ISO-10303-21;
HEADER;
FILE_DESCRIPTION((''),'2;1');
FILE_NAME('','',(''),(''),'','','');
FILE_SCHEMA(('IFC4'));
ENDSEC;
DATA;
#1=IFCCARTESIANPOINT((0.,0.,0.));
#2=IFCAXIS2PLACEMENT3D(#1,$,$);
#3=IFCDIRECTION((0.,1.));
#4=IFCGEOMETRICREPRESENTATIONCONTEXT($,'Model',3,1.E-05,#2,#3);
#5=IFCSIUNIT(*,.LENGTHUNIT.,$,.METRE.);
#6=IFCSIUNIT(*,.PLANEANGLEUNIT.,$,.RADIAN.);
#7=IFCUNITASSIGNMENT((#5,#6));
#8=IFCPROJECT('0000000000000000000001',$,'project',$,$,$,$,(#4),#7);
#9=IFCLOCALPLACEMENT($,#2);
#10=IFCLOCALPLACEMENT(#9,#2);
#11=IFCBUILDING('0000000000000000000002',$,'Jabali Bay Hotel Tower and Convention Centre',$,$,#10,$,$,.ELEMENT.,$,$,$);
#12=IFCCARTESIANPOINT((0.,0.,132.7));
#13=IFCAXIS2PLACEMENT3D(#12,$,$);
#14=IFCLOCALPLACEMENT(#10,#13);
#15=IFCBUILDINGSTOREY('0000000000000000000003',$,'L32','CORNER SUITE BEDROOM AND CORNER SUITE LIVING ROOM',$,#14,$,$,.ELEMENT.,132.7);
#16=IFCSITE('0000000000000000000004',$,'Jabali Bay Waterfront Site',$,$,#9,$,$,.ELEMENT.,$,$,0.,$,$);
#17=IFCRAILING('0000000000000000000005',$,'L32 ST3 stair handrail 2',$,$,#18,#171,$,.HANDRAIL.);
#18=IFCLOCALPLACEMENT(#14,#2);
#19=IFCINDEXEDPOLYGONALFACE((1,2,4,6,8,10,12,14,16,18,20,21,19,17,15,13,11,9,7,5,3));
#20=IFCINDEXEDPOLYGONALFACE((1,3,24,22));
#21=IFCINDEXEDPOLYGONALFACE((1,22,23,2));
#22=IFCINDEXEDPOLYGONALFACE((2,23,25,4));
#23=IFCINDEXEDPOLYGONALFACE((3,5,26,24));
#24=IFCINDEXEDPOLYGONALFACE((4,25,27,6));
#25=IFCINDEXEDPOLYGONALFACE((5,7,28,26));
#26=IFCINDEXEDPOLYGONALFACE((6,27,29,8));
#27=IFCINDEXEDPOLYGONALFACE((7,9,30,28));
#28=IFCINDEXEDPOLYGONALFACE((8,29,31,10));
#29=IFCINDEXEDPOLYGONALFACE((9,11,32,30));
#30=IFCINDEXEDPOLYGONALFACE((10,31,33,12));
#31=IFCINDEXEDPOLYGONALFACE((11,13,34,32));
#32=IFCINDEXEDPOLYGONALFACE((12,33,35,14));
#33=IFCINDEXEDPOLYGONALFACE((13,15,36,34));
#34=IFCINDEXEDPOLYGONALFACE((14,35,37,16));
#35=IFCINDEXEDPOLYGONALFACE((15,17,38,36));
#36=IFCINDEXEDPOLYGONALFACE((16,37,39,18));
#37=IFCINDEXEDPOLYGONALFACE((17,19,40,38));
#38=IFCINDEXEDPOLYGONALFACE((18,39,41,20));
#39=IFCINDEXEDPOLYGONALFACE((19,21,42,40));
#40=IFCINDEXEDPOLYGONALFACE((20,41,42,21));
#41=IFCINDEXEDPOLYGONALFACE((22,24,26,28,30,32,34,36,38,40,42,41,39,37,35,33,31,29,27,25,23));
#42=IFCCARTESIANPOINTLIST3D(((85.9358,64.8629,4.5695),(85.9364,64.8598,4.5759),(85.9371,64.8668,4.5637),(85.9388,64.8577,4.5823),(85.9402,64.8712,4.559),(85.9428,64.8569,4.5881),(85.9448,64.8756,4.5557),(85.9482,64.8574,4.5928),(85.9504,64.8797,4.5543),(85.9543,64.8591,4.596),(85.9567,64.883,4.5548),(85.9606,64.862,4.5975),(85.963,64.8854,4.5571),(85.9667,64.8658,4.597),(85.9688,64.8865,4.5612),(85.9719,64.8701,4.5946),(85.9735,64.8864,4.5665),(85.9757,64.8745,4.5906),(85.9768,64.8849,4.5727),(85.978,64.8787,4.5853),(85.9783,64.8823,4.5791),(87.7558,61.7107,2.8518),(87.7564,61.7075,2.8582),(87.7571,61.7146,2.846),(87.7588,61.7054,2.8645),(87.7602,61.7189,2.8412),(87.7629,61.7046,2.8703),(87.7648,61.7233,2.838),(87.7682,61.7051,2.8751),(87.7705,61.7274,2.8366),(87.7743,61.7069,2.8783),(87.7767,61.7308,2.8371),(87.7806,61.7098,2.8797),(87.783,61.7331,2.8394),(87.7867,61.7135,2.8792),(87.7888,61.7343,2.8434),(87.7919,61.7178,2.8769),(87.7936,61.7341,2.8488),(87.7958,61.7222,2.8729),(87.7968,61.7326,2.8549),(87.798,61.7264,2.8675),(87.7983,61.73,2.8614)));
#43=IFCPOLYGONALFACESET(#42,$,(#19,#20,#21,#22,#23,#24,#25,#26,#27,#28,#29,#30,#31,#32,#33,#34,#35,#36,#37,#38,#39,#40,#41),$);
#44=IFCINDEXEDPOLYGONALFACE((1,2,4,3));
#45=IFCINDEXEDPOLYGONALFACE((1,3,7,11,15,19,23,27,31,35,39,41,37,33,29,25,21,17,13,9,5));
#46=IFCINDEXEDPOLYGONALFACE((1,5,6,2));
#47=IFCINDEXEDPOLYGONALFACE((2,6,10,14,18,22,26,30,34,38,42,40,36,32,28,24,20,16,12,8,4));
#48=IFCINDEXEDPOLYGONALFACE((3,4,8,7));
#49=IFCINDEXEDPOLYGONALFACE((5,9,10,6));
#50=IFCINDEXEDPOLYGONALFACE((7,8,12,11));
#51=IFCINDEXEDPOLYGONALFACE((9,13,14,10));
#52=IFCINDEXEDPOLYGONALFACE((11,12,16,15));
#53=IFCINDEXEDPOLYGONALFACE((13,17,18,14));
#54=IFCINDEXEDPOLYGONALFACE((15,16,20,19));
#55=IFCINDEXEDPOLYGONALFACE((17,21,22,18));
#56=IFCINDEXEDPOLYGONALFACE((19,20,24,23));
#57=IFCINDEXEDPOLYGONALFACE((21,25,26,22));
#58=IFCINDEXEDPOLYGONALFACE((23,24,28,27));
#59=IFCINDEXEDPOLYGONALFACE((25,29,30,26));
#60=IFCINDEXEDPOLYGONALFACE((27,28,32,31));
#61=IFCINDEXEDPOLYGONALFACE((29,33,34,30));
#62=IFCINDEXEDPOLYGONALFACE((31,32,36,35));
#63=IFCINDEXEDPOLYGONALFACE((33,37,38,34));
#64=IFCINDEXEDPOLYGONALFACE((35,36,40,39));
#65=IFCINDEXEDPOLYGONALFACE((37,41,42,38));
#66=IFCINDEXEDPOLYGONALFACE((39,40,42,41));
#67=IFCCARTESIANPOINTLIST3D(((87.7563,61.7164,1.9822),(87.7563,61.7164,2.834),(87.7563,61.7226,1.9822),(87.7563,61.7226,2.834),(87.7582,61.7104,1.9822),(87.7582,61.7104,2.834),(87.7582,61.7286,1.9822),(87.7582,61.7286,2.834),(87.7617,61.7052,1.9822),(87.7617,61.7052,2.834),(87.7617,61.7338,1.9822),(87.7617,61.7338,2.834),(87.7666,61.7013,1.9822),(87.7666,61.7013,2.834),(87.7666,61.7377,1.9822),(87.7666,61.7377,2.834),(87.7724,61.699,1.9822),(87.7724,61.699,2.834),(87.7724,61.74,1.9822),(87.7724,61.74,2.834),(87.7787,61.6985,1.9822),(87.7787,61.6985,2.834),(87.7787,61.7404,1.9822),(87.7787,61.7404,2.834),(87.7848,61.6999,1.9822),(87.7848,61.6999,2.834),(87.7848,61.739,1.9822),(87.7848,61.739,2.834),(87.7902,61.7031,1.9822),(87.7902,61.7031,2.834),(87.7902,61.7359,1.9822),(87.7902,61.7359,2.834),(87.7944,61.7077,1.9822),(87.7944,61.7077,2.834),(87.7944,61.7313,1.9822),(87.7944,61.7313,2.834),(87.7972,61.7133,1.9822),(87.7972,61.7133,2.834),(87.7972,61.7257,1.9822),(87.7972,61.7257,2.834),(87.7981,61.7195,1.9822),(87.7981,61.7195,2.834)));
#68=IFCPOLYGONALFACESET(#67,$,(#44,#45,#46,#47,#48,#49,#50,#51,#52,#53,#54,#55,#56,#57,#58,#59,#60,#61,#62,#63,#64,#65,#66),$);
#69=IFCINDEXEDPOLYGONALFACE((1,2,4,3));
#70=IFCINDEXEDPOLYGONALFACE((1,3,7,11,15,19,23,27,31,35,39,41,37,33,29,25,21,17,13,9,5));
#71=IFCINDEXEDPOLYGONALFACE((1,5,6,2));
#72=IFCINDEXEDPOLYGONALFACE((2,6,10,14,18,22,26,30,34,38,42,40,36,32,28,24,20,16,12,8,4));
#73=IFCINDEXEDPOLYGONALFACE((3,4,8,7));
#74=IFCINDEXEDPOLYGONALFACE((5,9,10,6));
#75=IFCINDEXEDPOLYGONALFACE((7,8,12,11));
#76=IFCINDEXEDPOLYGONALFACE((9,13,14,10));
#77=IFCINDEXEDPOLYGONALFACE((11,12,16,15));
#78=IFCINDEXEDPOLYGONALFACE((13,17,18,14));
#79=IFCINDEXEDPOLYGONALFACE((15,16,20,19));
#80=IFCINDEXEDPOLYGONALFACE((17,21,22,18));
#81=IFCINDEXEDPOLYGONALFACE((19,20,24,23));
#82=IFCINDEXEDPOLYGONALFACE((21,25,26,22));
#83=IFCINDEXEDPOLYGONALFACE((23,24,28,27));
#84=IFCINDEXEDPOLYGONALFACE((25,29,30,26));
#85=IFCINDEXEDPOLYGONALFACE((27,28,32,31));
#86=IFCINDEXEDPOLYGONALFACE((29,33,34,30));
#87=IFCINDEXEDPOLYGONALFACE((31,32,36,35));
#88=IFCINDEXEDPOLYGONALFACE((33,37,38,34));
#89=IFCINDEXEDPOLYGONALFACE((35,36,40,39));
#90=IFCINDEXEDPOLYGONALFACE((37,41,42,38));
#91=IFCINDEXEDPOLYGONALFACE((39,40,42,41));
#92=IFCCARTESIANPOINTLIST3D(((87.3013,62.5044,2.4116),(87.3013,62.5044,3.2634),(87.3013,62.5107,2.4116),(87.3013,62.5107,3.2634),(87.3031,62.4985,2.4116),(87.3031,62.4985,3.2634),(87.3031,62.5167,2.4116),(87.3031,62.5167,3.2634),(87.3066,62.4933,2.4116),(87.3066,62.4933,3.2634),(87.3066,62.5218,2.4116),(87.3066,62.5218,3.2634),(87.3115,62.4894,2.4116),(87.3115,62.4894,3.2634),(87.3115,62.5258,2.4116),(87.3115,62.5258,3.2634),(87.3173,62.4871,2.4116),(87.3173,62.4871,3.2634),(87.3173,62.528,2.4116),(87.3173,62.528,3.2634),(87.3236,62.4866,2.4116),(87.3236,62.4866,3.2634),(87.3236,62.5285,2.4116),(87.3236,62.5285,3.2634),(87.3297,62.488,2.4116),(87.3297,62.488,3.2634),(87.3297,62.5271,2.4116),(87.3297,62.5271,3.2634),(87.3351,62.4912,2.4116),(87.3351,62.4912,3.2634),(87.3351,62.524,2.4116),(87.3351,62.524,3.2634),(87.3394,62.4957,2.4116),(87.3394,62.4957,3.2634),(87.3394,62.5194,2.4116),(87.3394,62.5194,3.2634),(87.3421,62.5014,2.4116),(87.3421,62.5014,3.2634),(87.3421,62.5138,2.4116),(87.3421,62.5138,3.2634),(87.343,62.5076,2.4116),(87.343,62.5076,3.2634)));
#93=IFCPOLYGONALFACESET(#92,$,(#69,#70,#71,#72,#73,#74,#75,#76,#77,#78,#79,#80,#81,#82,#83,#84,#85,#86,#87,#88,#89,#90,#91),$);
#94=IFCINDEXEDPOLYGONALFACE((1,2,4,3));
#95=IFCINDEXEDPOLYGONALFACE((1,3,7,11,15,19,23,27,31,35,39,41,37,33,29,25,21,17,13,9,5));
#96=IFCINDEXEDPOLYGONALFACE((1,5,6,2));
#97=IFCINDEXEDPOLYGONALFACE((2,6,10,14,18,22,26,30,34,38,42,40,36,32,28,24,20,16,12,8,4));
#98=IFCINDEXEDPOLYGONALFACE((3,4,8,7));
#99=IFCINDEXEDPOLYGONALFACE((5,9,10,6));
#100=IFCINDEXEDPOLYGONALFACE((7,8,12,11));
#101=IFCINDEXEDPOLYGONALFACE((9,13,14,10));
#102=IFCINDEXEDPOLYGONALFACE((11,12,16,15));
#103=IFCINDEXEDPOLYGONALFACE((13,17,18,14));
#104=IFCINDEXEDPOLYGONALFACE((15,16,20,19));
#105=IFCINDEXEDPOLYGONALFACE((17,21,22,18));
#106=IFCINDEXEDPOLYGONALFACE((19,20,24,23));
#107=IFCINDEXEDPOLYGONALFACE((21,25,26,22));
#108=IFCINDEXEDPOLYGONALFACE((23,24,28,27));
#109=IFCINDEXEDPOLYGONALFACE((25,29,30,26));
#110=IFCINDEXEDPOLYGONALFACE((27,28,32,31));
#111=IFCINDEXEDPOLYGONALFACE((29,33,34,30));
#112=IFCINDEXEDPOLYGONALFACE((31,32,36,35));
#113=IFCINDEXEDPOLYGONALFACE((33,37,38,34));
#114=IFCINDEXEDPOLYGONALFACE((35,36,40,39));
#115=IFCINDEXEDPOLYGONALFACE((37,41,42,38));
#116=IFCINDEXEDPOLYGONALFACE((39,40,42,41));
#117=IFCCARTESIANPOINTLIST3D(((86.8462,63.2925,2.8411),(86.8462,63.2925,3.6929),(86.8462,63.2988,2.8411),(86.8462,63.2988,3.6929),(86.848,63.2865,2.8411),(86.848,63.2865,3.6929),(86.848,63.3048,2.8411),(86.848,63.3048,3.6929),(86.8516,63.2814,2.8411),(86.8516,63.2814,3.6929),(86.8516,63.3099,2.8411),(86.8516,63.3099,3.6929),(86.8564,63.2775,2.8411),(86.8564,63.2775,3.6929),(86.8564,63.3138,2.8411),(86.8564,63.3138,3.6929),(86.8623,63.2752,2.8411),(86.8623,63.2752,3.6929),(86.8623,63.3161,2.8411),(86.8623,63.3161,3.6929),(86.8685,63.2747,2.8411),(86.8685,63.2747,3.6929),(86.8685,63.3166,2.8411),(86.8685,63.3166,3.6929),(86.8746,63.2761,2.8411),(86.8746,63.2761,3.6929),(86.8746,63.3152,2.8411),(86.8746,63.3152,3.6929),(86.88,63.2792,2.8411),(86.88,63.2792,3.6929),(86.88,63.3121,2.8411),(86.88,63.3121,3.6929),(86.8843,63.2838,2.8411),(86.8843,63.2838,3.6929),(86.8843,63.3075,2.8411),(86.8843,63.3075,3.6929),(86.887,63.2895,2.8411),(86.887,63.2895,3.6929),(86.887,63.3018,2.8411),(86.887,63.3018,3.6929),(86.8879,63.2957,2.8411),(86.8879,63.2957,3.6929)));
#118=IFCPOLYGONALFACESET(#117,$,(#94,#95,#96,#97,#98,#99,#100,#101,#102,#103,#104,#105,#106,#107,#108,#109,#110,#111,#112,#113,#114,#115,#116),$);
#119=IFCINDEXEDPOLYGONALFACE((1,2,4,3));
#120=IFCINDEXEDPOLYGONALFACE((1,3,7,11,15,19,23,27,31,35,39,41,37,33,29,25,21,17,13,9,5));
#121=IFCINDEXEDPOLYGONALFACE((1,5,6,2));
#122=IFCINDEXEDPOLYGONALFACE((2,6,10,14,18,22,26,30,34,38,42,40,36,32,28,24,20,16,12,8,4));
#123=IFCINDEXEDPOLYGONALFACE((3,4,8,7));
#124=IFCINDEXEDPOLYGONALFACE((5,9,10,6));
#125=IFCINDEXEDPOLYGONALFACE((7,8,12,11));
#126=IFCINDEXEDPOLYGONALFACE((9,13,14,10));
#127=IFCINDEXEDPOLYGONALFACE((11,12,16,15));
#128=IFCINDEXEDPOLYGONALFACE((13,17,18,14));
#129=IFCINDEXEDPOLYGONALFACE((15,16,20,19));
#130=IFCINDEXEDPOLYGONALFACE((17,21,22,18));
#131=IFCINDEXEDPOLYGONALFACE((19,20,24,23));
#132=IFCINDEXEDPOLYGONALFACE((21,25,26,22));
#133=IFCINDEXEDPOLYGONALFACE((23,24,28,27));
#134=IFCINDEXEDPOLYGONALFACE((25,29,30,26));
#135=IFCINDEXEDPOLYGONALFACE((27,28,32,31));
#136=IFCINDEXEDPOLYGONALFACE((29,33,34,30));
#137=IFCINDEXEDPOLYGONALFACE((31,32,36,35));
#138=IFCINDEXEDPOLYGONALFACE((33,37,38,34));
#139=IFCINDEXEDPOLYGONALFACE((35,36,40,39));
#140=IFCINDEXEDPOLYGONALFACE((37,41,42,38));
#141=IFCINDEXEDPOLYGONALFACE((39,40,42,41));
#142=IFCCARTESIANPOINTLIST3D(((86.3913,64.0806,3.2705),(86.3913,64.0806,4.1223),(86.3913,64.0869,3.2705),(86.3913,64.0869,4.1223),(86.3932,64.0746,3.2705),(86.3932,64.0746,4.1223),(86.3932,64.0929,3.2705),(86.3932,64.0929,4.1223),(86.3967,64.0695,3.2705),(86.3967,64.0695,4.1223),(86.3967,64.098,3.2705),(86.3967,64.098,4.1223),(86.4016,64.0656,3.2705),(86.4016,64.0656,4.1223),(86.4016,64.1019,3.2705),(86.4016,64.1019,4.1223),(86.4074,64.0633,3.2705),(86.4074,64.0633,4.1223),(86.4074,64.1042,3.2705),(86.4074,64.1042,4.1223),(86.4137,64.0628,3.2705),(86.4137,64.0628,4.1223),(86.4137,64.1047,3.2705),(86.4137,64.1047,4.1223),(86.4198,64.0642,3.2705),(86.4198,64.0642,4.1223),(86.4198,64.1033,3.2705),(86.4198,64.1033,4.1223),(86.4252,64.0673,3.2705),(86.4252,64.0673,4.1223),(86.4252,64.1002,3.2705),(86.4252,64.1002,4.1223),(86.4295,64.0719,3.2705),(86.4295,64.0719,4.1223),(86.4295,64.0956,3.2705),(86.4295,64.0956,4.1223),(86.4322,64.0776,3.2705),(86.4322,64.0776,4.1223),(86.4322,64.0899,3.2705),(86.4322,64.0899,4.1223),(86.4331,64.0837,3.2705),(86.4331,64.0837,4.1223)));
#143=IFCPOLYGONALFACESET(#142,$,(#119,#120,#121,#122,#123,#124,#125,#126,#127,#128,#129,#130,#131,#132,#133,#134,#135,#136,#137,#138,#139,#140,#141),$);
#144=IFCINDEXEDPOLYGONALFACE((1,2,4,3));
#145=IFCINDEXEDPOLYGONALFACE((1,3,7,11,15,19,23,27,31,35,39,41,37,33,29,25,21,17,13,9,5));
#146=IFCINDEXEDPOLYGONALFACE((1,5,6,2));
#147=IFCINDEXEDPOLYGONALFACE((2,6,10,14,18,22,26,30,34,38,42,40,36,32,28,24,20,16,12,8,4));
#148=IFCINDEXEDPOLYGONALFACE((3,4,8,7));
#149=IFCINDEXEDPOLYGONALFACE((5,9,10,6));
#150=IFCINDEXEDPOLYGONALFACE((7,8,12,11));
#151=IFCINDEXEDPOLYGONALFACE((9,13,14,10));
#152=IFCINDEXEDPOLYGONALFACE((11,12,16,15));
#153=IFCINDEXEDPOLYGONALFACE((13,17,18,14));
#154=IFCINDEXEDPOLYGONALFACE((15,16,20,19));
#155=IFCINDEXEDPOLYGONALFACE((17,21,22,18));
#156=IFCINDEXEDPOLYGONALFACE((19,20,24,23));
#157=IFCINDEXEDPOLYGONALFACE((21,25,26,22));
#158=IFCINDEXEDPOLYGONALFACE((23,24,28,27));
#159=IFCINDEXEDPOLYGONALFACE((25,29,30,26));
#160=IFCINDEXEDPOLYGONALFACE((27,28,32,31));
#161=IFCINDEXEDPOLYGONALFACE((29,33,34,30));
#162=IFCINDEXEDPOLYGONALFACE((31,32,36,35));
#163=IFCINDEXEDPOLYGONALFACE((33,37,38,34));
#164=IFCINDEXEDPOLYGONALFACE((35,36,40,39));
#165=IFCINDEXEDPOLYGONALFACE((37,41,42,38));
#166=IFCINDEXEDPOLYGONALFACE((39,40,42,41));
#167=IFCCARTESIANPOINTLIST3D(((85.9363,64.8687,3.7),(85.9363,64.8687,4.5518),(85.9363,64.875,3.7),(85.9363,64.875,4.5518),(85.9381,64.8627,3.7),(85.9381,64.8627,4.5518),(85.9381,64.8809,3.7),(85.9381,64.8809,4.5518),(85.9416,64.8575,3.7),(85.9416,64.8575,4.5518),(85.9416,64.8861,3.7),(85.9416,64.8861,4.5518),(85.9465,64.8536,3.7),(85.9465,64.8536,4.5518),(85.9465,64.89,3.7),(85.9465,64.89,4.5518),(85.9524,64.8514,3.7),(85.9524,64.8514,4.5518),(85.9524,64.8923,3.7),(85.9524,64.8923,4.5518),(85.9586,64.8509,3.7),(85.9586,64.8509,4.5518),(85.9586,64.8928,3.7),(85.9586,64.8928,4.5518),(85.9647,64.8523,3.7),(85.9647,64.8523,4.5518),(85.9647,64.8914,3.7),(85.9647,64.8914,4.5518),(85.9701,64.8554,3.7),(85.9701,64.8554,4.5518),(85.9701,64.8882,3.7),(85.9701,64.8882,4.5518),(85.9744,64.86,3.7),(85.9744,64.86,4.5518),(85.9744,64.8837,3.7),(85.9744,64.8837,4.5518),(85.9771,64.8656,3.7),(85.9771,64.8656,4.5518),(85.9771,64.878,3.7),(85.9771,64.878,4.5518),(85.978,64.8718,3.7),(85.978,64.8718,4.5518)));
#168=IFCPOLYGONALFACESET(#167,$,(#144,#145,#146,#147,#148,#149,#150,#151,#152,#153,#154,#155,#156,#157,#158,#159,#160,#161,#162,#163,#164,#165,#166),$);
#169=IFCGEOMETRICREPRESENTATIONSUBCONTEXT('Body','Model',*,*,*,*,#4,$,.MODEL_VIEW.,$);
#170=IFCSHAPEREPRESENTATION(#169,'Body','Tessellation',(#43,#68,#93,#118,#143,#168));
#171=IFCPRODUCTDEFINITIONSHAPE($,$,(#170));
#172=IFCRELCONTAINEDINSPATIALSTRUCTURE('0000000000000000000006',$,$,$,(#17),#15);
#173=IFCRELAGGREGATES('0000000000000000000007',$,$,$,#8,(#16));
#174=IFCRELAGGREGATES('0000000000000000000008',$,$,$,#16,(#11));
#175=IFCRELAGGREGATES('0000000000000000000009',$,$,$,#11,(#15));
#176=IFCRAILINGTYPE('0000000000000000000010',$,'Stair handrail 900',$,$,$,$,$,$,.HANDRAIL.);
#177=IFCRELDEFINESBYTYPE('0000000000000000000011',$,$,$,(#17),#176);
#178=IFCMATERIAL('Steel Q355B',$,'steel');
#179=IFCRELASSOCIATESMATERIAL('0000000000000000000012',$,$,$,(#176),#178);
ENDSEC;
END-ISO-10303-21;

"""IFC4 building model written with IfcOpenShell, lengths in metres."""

from ifc_helpers import new_model, si_unit, direction, frame, origin, origin_2d, place, context, subcontext, project, spatial, circle, extrude, material, type_object, element, save


model = new_model("IFC4")

# Units and contexts
model_context = context("Model", 3, precision=1e-05, world=origin(), true_north=direction((0.0, 1.0)))
body_context = subcontext(model_context, "Body", "Model", "MODEL_VIEW")
ifc_project = project(units=[si_unit("LENGTHUNIT", "METRE"), si_unit("PLANEANGLEUNIT", "RADIAN")], contexts=[model_context])

# Site, building, storey
site_placement = place(None, origin())
site = spatial("IfcSite", under=ifc_project, at=site_placement, Name="Jabali Bay Waterfront Site", CompositionType="ELEMENT", RefElevation=0.0)
building_placement = place(site_placement, origin())
building = spatial("IfcBuilding", under=site, at=building_placement, Name="Jabali Bay Hotel Tower and Convention Centre", CompositionType="ELEMENT")
storey_placement = place(building_placement, frame((0.0, 0.0, 132.7)))
storey = spatial("IfcBuildingStorey", under=building, at=storey_placement, Name="L32", Description="CORNER SUITE BEDROOM AND CORNER SUITE LIVING ROOM", CompositionType="ELEMENT", Elevation=132.7)

# Railing
ifc_material_1 = material(Name="Steel Q355B", Category="steel")
railing_type_1 = type_object("IfcRailingType", Name="Stair handrail 900", PredefinedType="HANDRAIL", material=ifc_material_1)
railing_1_placement = place(storey_placement, frame((87.7771, 61.7195, 1.9822)))
element("IfcRailing", 1, at=railing_1_placement, inside=storey, type_object=railing_type_1, Name="L32 ST3 stair handrail 2", PredefinedType="HANDRAIL", context=body_context, shape_type="SweptSolid", body=[
    extrude(circle(Radius=0.0239, at=origin_2d()), frame((0.0, 0.0, 0.876), z_axis=(-0.45219, 0.78319, 0.426775), x_axis=(-0.866018, -0.500013, 0.0)), (0.0, 0.0, 1.0), 4.0249),
    extrude(circle(Radius=0.021, at=origin_2d()), origin(), (0.0, 0.0, 1.0), 0.8518),
    extrude(circle(Radius=0.021, at=origin_2d()), frame((-0.4551, 0.7881, 0.4294)), (0.0, 0.0, 1.0), 0.8518),
    extrude(circle(Radius=0.021, at=origin_2d()), frame((-0.9102, 1.5762, 0.8589)), (0.0, 0.0, 1.0), 0.8518),
    extrude(circle(Radius=0.021, at=origin_2d()), frame((-1.365, 2.3643, 1.2883)), (0.0, 0.0, 1.0), 0.8518),
    extrude(circle(Radius=0.021, at=origin_2d()), frame((-1.8201, 3.1523, 1.7178)), (0.0, 0.0, 1.0), 0.8518),
])

save(model, "model.ifc")
